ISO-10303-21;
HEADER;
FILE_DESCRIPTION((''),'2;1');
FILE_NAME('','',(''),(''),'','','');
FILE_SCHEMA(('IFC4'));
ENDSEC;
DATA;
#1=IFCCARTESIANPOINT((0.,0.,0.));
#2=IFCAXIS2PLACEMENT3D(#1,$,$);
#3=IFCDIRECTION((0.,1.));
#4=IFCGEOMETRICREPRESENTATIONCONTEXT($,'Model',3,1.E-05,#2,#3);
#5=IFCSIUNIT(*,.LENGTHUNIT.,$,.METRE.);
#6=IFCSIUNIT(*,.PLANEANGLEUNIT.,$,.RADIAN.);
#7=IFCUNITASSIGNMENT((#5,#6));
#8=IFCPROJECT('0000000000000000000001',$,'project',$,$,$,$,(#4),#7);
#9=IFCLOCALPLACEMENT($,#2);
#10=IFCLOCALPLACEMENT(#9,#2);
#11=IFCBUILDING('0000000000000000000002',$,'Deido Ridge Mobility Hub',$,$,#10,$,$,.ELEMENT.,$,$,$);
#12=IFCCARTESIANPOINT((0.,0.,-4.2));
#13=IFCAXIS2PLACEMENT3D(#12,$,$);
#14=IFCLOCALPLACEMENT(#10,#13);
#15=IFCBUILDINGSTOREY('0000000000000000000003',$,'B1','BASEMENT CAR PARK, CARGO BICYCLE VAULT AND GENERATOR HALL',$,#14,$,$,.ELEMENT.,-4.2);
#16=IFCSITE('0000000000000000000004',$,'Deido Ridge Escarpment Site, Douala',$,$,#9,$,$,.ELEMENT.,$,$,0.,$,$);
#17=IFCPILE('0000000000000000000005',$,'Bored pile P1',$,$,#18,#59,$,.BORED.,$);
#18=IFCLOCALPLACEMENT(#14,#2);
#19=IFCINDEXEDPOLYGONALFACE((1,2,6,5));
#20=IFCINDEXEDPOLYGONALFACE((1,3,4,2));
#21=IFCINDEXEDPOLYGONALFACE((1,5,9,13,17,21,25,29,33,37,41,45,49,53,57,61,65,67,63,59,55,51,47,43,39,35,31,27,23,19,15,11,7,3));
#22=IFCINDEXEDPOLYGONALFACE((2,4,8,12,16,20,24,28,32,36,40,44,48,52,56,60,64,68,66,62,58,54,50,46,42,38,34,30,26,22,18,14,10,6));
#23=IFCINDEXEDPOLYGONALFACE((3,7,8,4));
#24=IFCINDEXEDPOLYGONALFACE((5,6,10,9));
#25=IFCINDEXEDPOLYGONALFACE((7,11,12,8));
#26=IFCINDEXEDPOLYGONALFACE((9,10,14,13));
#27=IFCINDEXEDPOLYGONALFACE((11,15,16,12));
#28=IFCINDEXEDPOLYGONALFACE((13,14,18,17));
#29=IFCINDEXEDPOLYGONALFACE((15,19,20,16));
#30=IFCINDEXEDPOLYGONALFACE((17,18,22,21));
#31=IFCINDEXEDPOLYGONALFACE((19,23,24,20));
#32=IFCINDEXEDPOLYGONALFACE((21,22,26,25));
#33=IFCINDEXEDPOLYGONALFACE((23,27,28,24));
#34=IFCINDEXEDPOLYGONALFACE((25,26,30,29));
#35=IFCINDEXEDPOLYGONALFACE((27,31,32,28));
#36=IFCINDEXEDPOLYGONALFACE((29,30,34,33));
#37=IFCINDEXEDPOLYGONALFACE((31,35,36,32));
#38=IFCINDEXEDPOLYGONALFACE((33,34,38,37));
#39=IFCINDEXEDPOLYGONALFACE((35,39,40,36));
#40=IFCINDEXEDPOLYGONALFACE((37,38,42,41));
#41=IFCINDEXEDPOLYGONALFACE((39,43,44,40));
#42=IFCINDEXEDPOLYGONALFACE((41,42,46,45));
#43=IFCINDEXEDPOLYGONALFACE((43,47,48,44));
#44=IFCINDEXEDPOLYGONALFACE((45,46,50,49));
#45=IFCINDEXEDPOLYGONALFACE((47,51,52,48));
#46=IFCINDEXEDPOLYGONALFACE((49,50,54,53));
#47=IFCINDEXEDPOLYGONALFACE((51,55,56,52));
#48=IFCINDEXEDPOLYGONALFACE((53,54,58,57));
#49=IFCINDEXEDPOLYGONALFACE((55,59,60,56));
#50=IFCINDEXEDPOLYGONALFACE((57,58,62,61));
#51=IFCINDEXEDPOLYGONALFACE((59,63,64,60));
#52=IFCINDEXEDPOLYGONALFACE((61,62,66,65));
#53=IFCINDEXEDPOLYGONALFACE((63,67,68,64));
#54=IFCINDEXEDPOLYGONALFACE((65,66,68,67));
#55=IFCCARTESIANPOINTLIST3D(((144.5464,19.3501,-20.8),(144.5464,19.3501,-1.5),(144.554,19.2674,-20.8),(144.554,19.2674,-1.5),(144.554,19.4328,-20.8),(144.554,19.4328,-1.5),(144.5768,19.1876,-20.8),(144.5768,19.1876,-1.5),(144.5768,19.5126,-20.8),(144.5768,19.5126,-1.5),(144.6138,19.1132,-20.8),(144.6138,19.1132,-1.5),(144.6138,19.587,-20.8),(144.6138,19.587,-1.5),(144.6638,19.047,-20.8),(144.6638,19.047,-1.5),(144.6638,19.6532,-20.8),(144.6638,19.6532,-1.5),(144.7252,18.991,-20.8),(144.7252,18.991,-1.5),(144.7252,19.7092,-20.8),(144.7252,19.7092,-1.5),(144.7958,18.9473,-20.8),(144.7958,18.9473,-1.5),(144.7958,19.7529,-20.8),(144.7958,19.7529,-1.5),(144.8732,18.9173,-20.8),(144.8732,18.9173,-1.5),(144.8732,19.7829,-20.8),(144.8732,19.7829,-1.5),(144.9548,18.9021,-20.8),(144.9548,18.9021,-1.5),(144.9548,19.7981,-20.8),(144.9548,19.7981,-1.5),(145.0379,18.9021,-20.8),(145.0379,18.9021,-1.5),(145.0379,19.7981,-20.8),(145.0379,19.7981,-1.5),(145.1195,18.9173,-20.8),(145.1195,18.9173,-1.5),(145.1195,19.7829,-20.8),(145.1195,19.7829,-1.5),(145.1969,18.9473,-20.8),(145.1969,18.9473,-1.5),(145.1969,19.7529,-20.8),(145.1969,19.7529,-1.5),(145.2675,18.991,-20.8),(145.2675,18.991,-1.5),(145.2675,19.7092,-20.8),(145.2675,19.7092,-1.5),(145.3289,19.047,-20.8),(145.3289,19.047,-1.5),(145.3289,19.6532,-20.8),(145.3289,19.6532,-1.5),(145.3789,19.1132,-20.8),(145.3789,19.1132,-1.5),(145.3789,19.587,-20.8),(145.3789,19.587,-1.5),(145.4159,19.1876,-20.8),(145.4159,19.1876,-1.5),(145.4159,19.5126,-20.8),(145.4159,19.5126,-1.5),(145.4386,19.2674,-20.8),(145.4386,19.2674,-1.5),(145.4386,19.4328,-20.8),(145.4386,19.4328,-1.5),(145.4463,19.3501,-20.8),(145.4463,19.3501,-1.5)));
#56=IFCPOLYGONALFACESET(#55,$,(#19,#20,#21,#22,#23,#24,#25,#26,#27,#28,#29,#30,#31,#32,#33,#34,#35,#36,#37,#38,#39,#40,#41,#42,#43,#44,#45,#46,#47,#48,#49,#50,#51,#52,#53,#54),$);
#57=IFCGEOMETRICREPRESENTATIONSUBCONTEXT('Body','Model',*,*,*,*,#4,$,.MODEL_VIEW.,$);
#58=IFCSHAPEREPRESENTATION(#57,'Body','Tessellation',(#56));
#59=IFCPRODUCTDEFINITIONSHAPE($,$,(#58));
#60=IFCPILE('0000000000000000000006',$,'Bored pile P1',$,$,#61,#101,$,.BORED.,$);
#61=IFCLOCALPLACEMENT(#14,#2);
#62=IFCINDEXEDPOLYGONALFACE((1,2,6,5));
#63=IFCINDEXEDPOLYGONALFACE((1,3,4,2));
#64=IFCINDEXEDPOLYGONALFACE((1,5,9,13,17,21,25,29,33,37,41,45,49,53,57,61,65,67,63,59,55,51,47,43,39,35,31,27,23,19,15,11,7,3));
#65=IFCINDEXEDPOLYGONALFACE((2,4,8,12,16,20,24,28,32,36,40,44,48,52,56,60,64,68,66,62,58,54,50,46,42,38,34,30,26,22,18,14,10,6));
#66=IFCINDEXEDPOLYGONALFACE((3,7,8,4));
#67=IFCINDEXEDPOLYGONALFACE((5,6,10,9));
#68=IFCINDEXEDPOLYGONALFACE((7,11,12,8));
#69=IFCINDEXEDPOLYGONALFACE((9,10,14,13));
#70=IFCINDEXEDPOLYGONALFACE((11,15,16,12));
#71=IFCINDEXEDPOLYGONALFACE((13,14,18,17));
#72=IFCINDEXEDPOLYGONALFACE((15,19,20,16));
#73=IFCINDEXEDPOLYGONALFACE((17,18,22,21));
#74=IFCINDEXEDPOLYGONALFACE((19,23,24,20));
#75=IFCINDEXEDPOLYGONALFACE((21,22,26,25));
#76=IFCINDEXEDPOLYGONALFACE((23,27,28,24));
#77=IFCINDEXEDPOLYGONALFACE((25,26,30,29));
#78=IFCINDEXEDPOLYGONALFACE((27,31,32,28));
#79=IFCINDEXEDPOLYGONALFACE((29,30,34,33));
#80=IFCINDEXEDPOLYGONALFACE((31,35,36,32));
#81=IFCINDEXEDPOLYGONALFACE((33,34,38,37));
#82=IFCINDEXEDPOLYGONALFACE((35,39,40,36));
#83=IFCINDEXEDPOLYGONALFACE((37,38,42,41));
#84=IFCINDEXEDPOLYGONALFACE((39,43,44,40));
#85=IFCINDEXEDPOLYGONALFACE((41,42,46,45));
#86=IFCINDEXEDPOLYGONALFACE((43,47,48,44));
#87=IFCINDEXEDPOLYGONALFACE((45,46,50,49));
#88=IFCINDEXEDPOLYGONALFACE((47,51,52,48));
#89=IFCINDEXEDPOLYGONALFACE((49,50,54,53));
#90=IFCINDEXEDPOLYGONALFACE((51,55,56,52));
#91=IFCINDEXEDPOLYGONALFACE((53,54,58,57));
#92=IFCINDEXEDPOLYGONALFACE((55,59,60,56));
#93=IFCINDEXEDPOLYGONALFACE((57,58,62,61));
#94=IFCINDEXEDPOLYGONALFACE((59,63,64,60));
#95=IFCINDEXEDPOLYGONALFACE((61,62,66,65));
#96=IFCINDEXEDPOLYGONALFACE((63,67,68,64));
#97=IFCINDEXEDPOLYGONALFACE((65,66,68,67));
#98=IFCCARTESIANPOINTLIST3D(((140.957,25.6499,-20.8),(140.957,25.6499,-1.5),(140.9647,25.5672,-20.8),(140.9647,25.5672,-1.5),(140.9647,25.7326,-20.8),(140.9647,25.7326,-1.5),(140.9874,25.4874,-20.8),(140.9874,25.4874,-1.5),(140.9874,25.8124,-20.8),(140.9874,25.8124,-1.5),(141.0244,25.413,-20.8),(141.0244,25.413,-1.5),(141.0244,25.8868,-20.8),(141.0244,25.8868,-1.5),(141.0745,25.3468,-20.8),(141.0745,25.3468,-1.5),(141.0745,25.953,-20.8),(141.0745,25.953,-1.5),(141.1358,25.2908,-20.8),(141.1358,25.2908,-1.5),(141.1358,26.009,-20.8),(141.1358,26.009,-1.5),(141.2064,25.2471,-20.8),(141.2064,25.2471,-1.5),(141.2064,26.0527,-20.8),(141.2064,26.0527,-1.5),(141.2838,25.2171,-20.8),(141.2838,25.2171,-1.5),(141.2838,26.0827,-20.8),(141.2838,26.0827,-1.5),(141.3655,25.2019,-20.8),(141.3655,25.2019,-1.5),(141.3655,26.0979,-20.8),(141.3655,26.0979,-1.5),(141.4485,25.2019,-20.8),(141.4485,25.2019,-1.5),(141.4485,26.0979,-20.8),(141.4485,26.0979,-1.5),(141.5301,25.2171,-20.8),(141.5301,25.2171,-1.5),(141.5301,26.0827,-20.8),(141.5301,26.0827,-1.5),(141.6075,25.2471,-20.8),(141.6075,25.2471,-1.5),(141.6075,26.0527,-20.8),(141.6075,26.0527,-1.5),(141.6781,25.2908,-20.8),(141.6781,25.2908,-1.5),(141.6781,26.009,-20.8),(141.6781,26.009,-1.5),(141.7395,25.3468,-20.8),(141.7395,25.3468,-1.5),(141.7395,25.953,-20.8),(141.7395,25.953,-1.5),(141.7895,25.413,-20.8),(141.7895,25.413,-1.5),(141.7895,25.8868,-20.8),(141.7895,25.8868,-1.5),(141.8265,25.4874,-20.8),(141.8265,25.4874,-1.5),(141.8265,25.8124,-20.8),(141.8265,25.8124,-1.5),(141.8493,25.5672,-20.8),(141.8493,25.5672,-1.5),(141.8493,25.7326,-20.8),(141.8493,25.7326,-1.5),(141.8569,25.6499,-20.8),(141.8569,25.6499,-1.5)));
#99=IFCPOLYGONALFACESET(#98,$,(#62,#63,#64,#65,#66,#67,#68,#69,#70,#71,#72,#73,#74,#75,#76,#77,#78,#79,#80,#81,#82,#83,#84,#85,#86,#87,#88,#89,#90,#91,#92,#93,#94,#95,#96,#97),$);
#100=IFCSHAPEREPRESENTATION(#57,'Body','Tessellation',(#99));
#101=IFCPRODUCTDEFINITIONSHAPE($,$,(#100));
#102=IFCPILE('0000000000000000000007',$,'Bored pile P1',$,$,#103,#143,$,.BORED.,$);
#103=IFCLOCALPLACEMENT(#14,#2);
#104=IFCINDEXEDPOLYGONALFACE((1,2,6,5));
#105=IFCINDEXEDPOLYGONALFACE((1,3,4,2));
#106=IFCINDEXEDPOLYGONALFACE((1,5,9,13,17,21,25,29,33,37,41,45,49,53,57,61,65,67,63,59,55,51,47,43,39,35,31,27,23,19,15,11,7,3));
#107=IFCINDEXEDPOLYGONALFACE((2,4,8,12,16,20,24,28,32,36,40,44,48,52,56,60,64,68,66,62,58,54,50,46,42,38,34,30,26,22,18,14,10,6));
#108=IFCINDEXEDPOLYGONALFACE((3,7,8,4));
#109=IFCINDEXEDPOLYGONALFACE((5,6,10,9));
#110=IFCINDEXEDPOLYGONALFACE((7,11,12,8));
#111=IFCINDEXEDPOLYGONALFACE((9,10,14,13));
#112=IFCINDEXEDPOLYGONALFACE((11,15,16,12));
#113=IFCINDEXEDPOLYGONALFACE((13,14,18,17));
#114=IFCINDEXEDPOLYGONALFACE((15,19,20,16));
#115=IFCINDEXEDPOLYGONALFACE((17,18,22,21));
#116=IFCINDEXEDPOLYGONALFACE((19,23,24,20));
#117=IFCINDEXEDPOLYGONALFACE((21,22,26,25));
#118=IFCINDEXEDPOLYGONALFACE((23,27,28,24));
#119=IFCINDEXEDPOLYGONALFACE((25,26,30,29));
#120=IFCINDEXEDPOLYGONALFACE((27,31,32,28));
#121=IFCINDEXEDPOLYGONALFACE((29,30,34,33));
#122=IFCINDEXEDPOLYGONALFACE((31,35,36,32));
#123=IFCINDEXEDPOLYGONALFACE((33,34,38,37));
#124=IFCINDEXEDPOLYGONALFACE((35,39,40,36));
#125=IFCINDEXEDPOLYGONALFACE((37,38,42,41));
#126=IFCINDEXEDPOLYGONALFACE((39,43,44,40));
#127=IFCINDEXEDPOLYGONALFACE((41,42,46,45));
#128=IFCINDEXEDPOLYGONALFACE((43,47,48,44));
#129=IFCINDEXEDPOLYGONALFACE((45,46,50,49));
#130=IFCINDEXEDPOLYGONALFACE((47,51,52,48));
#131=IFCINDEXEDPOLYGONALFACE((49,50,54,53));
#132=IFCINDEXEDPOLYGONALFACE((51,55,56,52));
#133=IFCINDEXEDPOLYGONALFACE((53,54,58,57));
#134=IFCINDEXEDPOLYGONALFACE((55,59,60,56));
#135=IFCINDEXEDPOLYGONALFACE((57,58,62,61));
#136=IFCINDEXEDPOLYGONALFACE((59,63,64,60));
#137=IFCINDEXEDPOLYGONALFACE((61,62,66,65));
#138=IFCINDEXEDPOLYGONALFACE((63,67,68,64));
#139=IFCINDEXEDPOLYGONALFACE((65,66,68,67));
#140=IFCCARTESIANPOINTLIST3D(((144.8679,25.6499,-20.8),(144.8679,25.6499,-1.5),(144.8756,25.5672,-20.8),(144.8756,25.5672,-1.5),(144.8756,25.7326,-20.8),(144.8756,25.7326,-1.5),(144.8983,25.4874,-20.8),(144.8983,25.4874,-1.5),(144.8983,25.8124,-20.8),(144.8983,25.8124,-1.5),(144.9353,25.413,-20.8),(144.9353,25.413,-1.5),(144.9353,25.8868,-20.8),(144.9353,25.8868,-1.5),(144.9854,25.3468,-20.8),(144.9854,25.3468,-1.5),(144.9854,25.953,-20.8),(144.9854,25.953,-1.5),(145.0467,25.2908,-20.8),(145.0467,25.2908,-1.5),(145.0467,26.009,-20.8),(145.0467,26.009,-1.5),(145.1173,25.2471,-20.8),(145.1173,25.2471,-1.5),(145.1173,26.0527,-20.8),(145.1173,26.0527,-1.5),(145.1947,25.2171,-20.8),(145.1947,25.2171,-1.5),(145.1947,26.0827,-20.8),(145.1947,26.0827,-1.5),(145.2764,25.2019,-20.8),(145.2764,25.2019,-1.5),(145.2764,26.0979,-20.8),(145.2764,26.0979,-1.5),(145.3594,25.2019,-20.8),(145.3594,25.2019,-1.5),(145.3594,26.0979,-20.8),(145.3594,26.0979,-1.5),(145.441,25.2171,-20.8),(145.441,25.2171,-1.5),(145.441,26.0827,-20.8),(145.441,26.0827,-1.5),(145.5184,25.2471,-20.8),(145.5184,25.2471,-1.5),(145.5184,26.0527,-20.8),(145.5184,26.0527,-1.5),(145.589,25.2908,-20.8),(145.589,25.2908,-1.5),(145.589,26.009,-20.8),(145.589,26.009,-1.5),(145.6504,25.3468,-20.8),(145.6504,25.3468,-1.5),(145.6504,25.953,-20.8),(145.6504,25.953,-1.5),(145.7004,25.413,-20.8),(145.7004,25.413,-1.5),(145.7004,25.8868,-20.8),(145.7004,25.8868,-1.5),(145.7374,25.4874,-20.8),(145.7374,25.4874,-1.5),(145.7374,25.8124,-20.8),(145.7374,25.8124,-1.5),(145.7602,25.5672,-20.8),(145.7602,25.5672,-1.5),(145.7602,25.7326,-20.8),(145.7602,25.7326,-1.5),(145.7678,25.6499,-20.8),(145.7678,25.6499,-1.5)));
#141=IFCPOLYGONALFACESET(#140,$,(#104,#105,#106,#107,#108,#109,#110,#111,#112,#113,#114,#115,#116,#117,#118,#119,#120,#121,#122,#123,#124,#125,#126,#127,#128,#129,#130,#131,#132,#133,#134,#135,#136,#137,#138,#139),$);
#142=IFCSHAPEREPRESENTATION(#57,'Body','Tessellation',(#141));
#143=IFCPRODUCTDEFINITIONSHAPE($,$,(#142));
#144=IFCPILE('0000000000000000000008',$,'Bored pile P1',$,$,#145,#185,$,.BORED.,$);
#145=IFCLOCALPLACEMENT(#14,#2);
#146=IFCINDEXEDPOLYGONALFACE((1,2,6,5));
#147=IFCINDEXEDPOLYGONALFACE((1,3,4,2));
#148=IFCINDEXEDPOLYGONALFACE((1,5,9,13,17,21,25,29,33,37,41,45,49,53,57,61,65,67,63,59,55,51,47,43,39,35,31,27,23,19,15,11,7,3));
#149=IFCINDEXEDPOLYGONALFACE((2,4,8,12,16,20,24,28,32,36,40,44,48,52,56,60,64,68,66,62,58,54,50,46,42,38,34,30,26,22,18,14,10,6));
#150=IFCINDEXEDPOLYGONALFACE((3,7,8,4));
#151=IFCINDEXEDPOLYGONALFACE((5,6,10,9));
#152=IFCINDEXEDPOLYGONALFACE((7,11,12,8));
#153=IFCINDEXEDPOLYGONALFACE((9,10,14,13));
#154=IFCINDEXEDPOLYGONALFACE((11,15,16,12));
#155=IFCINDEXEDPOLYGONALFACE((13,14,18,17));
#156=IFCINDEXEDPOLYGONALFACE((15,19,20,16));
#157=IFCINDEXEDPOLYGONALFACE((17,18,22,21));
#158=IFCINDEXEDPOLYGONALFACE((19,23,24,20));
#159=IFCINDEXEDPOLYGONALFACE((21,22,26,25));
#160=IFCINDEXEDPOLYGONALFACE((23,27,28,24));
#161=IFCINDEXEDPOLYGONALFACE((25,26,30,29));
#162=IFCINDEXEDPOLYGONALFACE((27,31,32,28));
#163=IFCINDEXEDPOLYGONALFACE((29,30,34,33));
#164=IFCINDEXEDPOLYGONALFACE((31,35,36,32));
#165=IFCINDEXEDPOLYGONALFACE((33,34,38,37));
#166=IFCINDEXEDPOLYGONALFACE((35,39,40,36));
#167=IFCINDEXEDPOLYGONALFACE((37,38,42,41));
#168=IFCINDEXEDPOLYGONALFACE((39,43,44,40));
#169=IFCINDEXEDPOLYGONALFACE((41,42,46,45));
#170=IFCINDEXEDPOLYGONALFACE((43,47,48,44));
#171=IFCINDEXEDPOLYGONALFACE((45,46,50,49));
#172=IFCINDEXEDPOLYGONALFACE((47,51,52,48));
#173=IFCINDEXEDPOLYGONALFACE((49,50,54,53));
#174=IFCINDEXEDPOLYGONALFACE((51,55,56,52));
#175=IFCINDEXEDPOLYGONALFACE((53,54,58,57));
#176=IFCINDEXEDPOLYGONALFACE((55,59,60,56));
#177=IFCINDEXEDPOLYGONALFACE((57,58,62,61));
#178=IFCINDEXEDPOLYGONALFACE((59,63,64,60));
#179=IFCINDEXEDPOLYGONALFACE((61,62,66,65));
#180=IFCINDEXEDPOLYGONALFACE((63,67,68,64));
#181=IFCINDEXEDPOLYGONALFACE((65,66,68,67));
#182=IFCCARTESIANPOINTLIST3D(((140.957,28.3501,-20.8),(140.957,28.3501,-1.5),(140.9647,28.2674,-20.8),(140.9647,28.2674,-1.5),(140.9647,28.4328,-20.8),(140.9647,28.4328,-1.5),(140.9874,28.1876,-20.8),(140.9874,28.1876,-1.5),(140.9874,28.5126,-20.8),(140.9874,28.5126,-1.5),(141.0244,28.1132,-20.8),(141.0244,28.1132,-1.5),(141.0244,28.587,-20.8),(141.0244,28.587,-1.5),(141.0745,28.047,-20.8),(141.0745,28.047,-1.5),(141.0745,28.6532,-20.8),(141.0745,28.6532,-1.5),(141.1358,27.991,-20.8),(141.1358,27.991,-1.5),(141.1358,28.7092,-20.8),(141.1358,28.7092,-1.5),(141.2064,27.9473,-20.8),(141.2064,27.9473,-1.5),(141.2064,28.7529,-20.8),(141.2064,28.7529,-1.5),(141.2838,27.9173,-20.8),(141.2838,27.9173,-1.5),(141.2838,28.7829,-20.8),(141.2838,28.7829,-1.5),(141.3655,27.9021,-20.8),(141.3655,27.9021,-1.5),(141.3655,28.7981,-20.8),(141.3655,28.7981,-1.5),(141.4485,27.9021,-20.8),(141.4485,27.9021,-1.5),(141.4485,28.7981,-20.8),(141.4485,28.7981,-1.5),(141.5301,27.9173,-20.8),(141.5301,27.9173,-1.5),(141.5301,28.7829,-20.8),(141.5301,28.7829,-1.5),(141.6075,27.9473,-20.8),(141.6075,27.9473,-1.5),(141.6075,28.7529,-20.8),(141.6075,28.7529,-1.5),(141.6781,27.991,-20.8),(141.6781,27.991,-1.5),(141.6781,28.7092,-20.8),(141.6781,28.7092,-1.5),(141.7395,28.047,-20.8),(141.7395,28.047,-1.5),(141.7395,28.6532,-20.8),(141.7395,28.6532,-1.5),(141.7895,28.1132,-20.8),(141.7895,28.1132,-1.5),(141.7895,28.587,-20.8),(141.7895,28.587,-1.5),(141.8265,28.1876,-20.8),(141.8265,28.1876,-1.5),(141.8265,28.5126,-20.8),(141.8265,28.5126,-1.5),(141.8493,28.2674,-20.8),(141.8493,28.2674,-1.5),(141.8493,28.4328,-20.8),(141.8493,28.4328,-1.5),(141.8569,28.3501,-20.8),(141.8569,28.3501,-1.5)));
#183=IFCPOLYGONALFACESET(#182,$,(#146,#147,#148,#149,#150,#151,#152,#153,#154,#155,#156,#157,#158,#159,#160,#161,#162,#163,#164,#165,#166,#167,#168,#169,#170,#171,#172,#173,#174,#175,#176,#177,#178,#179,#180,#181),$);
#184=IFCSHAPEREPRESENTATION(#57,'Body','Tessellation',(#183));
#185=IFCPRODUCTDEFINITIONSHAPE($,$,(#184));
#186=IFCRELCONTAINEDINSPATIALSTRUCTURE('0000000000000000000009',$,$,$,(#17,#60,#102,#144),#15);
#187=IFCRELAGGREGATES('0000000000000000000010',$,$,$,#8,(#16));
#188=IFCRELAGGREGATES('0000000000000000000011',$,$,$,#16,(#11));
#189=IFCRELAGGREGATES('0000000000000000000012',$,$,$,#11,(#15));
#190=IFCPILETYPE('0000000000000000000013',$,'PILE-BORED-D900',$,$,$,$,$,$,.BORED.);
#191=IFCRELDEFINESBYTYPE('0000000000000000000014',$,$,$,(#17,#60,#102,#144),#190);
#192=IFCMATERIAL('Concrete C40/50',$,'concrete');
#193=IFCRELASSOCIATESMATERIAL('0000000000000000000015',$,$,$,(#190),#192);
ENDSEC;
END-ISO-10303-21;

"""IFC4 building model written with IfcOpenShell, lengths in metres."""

from ifc_helpers import new_model, si_unit, direction, frame, origin, origin_2d, place, context, subcontext, project, spatial, circle, extrude, material, material_profile, profile_set, type_object, element, save


model = new_model("IFC4")

# Units and contexts
model_context = context("Model", 3, precision=1e-05, world=origin(), true_north=direction((0.0, 1.0)))
body_context = subcontext(model_context, "Body", "Model", "MODEL_VIEW")
ifc_project = project(units=[si_unit("LENGTHUNIT", "METRE"), si_unit("PLANEANGLEUNIT", "RADIAN")], contexts=[model_context])

# Site, building, storey
site_placement = place(None, origin())
site = spatial("IfcSite", under=ifc_project, at=site_placement, Name="Deido Ridge Escarpment Site, Douala", CompositionType="ELEMENT", RefElevation=0.0)
building_placement = place(site_placement, origin())
building = spatial("IfcBuilding", under=site, at=building_placement, Name="Deido Ridge Mobility Hub", CompositionType="ELEMENT")
storey_placement = place(building_placement, frame((0.0, 0.0, -4.2)))
storey = spatial("IfcBuildingStorey", under=building, at=storey_placement, Name="B1", Description="BASEMENT CAR PARK, CARGO BICYCLE VAULT AND GENERATOR HALL", CompositionType="ELEMENT", Elevation=-4.2)

# Shared definitions
ifc_material_1 = material(Name="Concrete C40/50", Category="concrete")

# Piles
ifc_material_profile_1 = material_profile(ifc_material_1, circle(Radius=0.45, at=origin_2d()), Name="BORED PILE D900")
ifc_profile_set_1 = profile_set([ifc_material_profile_1], Name="Concrete C40/50")
pile_type_1 = type_object("IfcPileType", Name="PILE-BORED-D900", PredefinedType="BORED", material=ifc_profile_set_1)
for number, where, z_axis, x_axis, name in (
    (1, (144.9963, 19.3501, -1.5), (0.0, 0.0, -1.0), (1.0, 0.0, 0.0), "Bored pile P1"),
    (2, (141.407, 25.6499, -1.5), (0.0, 0.0, -1.0), (1.0, 0.0, 0.0), "Bored pile P1"),
    (3, (145.3179, 25.6499, -1.5), (0.0, 0.0, -1.0), (1.0, 0.0, 0.0), "Bored pile P1"),
    (4, (141.407, 28.3501, -1.5), (0.0, 0.0, -1.0), (1.0, 0.0, 0.0), "Bored pile P1"),
):
    element("IfcPile", number, at=place(storey_placement, frame(where, z_axis=z_axis, x_axis=x_axis)), inside=storey, type_object=pile_type_1, Name=name, PredefinedType="BORED", context=body_context, shape_type="SweptSolid", body=[
        extrude(circle(Radius=0.45, at=origin_2d()), origin(), (0.0, 0.0, 1.0), 19.3),
    ])

save(model, "model.ifc")
